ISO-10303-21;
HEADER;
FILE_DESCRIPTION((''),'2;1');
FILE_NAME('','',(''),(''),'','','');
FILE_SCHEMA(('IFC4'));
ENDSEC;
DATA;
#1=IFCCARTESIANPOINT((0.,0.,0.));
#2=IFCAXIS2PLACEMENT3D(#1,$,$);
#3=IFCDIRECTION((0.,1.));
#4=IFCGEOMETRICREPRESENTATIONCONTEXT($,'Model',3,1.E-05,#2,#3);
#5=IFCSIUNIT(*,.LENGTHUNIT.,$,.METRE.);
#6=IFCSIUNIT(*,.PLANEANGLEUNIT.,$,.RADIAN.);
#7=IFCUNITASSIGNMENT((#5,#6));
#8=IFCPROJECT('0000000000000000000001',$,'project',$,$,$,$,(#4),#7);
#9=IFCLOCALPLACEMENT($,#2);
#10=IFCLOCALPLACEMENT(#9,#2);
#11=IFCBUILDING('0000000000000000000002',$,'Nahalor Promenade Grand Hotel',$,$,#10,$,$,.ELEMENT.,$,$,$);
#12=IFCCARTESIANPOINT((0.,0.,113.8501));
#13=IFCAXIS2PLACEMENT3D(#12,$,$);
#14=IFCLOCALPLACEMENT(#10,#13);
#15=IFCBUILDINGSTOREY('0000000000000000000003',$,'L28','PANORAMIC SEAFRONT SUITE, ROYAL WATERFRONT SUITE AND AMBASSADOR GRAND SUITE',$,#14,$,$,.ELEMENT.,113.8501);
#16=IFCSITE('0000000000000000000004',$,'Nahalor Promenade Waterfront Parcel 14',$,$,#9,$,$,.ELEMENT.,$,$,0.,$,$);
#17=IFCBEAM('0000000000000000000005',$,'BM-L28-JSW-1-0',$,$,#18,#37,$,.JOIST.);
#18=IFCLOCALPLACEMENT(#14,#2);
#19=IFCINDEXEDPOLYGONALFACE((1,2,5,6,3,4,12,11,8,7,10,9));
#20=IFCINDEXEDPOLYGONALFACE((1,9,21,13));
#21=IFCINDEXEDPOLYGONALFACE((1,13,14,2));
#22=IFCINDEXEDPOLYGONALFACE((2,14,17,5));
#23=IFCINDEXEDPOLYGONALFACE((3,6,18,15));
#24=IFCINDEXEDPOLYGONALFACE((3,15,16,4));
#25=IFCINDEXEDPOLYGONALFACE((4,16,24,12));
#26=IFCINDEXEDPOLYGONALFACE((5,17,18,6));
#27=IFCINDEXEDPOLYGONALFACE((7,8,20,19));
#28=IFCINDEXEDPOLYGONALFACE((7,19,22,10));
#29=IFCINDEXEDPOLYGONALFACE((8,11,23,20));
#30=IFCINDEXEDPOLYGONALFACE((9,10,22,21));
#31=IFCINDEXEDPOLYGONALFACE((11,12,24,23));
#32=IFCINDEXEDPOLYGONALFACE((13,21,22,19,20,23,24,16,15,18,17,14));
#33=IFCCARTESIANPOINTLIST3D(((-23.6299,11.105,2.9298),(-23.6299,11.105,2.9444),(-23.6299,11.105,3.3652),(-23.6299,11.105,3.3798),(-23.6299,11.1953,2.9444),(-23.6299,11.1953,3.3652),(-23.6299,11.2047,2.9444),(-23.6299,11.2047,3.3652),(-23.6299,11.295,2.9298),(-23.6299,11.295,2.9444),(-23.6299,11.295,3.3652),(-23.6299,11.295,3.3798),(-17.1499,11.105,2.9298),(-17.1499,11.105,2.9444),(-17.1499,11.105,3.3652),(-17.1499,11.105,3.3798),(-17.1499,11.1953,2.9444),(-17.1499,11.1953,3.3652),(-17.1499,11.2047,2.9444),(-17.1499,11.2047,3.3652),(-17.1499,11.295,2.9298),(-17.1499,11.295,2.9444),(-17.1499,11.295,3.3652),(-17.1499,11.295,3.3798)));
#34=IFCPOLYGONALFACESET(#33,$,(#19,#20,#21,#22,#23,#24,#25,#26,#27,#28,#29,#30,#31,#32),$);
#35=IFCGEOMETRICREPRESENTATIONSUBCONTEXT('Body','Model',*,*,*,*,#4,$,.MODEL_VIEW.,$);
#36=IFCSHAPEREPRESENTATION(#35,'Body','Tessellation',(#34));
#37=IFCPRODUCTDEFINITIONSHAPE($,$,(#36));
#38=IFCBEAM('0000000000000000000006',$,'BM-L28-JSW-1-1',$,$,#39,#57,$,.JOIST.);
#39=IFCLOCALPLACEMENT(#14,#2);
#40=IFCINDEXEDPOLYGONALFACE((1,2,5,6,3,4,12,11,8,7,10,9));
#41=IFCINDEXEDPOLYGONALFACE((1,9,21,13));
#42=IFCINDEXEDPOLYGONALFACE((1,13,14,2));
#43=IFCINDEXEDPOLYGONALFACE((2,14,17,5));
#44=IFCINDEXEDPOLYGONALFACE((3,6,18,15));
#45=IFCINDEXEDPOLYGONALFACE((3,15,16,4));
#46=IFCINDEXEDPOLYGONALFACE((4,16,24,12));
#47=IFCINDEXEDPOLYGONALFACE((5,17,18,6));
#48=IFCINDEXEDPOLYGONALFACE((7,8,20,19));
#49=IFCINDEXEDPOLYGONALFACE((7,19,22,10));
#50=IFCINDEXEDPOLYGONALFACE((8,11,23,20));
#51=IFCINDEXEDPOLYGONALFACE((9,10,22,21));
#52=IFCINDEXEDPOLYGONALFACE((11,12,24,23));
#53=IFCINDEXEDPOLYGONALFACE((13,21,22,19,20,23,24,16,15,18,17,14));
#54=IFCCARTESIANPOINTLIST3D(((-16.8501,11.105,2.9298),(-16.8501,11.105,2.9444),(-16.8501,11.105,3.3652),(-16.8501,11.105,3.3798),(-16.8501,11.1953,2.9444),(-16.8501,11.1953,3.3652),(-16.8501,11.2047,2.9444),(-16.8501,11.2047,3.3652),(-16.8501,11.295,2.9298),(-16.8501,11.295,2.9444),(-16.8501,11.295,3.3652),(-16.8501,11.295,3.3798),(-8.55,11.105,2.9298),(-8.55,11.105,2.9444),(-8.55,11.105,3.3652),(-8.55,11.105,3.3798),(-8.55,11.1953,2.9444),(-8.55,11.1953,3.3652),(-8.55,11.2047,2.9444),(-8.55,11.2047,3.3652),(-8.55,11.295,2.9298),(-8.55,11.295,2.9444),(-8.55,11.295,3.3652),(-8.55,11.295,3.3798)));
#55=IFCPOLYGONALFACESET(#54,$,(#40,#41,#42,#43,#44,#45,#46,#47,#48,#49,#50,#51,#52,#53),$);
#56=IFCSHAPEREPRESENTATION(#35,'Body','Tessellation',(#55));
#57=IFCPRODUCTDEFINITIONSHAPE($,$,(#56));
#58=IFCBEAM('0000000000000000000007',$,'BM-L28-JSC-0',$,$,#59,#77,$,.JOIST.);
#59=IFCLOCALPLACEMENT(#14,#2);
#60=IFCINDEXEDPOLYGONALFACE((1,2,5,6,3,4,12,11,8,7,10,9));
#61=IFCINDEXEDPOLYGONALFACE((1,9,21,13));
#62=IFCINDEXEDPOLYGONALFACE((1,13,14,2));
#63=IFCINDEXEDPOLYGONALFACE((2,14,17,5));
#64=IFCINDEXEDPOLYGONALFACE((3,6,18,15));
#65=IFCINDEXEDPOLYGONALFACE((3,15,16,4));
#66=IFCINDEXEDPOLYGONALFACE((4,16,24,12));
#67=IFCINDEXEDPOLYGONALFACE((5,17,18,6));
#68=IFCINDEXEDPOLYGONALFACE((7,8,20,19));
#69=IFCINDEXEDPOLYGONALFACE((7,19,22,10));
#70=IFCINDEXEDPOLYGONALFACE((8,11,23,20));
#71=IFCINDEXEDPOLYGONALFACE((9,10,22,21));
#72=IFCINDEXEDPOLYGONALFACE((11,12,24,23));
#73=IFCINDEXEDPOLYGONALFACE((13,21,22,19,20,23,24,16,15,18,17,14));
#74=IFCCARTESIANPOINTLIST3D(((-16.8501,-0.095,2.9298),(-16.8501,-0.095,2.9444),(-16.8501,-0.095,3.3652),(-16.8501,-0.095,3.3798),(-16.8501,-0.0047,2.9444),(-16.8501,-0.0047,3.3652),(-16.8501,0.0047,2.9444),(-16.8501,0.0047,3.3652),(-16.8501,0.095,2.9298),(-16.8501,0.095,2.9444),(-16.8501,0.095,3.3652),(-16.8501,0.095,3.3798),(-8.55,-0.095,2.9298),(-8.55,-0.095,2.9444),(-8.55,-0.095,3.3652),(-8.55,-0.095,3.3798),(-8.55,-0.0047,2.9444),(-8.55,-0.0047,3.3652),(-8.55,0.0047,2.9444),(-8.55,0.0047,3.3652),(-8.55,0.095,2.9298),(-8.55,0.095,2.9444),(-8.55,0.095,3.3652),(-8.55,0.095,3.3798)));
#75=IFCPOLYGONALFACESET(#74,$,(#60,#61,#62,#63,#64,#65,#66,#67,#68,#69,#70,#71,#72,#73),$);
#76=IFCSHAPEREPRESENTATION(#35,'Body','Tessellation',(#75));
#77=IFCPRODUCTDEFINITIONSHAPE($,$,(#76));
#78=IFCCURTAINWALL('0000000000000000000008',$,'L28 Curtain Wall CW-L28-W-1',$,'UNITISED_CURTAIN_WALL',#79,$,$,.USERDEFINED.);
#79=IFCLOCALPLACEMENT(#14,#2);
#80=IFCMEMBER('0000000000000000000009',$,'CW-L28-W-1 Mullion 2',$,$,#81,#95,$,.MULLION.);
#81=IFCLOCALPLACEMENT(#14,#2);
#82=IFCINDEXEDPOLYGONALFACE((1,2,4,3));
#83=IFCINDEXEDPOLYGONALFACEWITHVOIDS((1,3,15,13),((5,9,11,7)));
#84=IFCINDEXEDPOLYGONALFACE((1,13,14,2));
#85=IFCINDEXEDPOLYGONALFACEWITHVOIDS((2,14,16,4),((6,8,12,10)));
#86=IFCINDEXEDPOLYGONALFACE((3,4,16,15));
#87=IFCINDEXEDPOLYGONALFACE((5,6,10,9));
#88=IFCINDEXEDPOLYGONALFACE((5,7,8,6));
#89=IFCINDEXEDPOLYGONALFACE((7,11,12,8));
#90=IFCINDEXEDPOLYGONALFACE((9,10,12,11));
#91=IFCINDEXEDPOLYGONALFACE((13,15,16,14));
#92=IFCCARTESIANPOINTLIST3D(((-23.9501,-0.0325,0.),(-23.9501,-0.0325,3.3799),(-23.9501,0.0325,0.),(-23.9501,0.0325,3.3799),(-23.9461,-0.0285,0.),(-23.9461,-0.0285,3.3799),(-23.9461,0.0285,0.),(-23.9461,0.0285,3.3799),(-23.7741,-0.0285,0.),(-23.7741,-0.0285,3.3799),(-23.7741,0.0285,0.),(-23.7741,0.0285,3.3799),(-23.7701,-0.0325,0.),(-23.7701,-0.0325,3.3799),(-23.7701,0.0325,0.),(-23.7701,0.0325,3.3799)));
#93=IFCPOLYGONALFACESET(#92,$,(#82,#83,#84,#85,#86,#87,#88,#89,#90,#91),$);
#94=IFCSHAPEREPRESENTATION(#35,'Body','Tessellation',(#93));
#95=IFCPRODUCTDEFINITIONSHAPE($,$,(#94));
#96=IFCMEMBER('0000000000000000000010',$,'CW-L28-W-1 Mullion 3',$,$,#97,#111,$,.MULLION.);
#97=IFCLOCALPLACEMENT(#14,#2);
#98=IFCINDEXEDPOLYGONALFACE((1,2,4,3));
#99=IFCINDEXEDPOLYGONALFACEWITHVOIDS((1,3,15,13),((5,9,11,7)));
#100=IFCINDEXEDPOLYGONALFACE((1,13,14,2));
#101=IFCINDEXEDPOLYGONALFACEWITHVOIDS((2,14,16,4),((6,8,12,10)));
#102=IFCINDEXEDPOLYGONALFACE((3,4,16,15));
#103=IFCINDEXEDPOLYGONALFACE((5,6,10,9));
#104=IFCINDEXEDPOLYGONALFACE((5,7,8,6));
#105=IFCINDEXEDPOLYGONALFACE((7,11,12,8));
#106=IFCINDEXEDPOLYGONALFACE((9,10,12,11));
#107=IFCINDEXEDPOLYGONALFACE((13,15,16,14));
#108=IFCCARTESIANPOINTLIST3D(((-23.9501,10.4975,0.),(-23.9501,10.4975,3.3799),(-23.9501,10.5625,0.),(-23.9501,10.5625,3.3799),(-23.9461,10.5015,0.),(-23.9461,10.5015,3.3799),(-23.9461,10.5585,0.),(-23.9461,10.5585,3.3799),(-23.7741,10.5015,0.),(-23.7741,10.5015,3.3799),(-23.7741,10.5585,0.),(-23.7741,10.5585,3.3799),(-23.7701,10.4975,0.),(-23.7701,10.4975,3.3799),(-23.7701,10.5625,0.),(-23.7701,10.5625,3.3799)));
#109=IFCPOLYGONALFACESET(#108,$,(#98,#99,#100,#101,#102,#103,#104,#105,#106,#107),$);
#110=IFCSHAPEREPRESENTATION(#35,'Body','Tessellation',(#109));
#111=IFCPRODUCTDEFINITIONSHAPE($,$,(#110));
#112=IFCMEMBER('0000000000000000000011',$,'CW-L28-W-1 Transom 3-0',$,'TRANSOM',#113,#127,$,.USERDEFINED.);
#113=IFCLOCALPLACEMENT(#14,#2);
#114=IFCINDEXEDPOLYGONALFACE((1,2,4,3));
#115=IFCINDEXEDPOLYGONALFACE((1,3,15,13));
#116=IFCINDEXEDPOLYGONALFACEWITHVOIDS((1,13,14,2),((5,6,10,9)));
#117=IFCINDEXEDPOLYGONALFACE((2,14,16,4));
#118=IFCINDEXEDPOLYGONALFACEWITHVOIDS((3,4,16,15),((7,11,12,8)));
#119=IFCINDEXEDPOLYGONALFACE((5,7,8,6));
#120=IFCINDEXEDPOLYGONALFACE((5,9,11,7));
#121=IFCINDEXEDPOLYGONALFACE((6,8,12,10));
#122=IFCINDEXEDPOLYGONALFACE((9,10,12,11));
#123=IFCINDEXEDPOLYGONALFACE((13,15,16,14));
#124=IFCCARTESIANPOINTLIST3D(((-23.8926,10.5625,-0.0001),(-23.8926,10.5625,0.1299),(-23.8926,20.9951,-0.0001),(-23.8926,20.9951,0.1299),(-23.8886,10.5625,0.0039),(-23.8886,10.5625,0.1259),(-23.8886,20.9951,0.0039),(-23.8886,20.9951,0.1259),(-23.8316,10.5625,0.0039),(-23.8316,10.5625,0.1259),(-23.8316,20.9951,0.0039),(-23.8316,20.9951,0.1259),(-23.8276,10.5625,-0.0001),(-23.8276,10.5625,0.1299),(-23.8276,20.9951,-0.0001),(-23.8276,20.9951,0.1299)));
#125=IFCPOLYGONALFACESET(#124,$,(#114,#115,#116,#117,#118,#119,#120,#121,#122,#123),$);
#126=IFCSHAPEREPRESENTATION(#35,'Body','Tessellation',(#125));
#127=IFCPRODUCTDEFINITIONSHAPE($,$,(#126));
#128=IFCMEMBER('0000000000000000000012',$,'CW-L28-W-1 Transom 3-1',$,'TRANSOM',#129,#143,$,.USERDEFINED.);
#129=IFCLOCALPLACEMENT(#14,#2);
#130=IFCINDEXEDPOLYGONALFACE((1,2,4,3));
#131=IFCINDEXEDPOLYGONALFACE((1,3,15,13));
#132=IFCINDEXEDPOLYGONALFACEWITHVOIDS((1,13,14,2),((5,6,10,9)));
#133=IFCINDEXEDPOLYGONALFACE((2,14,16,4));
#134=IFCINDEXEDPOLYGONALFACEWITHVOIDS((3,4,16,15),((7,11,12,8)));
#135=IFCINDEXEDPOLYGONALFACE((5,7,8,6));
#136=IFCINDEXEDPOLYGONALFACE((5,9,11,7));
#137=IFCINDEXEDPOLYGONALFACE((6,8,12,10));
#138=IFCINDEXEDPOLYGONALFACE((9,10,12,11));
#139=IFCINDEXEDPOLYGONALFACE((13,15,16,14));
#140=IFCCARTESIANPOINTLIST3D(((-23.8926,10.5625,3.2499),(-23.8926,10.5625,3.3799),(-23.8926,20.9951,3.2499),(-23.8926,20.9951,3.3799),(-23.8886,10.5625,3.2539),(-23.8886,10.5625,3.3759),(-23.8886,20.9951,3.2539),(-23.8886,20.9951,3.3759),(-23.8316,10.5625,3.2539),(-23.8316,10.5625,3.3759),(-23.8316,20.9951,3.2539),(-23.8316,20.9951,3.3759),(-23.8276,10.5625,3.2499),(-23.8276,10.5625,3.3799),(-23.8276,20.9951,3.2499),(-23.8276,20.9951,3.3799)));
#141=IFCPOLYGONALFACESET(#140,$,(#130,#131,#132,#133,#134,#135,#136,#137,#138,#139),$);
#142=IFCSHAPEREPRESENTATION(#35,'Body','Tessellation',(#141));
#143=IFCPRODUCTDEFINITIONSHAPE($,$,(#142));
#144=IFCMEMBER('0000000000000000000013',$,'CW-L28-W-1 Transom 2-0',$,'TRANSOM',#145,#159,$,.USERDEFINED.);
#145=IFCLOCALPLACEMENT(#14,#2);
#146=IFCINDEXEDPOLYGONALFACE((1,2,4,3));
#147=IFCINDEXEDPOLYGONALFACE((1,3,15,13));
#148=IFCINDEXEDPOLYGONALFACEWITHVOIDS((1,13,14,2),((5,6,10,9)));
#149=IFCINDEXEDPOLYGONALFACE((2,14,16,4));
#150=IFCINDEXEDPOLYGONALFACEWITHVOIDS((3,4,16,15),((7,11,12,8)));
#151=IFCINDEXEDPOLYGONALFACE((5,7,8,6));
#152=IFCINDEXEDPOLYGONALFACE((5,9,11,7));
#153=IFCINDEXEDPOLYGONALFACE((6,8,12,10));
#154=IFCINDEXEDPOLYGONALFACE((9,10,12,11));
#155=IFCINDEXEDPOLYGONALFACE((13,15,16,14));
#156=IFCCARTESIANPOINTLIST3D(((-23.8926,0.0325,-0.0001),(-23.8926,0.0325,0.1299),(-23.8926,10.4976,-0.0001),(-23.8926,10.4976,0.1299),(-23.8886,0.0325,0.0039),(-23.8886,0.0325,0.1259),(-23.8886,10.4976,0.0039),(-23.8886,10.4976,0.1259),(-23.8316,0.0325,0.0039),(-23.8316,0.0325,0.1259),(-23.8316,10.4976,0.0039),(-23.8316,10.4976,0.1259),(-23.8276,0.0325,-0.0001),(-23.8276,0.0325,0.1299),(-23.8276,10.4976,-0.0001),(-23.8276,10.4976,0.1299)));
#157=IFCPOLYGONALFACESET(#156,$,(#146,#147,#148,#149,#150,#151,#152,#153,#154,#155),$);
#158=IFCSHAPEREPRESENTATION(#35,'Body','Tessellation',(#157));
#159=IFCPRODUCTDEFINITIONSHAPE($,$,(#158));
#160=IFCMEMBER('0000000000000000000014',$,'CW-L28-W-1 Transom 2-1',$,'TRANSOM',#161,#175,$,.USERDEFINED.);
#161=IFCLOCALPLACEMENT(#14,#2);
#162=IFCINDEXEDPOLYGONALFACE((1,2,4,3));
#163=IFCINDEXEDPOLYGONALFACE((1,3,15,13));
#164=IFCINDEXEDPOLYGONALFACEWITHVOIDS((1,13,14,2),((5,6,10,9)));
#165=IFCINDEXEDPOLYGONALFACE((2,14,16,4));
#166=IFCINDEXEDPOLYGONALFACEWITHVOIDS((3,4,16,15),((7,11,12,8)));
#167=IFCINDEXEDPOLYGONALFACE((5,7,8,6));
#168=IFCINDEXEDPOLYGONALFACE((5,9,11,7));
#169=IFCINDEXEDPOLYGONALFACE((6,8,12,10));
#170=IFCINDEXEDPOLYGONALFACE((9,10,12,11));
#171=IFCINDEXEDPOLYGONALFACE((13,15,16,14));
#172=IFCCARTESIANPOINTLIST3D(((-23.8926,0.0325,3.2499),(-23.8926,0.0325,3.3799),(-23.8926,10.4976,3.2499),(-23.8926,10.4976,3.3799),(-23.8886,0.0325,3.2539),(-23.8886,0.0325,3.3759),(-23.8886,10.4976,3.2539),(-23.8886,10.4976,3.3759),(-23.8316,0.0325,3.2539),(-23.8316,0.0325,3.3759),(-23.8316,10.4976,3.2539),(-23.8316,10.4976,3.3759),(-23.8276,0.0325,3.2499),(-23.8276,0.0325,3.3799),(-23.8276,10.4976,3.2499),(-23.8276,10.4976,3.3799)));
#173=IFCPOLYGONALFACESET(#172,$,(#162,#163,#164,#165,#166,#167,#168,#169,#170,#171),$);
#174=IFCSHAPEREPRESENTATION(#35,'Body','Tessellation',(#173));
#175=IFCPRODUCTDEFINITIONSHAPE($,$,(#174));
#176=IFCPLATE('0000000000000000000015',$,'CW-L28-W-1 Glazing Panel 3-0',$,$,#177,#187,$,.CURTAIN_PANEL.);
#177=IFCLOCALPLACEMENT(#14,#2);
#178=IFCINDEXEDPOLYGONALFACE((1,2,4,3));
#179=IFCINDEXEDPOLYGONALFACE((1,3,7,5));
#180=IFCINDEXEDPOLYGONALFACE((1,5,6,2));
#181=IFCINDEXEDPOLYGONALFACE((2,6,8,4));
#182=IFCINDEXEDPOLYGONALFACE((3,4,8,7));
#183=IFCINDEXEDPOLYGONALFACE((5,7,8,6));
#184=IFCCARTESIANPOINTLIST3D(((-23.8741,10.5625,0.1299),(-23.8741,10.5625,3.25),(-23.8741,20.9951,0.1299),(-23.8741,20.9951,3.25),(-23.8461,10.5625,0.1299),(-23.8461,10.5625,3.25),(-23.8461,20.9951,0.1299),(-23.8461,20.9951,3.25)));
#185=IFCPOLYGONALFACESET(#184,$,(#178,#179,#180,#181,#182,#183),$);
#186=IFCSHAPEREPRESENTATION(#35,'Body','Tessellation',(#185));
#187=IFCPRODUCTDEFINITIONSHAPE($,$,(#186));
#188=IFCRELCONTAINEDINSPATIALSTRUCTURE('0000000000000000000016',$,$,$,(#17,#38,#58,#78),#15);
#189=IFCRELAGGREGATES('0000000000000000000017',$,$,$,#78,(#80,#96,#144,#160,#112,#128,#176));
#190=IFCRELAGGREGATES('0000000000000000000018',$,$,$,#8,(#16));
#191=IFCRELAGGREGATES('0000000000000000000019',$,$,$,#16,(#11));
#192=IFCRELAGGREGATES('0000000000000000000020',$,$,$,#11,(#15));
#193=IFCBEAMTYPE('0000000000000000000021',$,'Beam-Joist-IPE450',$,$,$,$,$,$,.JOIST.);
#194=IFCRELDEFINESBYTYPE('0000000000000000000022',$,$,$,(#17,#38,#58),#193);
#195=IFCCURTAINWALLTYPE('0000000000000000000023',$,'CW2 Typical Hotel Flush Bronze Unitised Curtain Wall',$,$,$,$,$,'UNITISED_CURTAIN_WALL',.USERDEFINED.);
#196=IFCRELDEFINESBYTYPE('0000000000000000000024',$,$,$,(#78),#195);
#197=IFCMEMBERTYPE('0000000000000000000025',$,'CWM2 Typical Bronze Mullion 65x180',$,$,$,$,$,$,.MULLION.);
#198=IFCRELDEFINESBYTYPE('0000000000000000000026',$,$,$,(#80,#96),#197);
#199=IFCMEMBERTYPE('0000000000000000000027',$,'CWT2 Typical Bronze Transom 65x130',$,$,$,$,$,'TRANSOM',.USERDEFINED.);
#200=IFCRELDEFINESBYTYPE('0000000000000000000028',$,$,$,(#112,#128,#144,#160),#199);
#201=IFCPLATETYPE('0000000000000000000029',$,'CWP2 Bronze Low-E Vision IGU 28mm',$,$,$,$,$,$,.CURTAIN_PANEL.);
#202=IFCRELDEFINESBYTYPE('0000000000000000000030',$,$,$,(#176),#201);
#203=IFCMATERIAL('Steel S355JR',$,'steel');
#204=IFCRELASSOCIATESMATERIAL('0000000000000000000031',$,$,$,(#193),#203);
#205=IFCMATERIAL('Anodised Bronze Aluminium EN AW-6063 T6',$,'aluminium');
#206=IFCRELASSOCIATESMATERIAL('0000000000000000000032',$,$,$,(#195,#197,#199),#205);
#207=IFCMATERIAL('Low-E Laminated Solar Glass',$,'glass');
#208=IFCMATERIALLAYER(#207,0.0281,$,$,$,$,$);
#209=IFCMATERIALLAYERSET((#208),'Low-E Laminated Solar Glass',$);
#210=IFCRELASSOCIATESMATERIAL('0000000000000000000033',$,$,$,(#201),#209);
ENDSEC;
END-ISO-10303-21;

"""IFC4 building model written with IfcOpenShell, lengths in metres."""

from ifc_helpers import new_model, si_unit, direction, frame, origin, origin_2d, place, context, subcontext, project, spatial, rectangle, hollow_rectangle, i_section, extrude, source, transform, mapped, material, layer, layer_set, material_profile, profile_set, type_object, element, aggregate, save


model = new_model("IFC4")

# Units and contexts
model_context = context("Model", 3, precision=1e-05, world=origin(), true_north=direction((0.0, 1.0)))
body_context = subcontext(model_context, "Body", "Model", "MODEL_VIEW")
ifc_project = project(units=[si_unit("LENGTHUNIT", "METRE"), si_unit("PLANEANGLEUNIT", "RADIAN")], contexts=[model_context])

# Site, building, storey
site_placement = place(None, origin())
site = spatial("IfcSite", under=ifc_project, at=site_placement, Name="Nahalor Promenade Waterfront Parcel 14", CompositionType="ELEMENT", RefElevation=0.0)
building_placement = place(site_placement, origin())
building = spatial("IfcBuilding", under=site, at=building_placement, Name="Nahalor Promenade Grand Hotel", CompositionType="ELEMENT")
storey_placement = place(building_placement, frame((0.0, 0.0, 113.8501)))
storey = spatial("IfcBuildingStorey", under=building, at=storey_placement, Name="L28", Description="PANORAMIC SEAFRONT SUITE, ROYAL WATERFRONT SUITE AND AMBASSADOR GRAND SUITE", CompositionType="ELEMENT", Elevation=113.8501)

# Beams
ifc_material_1 = material(Name="Steel S355JR", Category="steel")
ifc_material_profile_1 = material_profile(ifc_material_1, i_section(OverallWidth=0.19, OverallDepth=0.45, WebThickness=0.0094, FlangeThickness=0.0146, at=origin_2d()), Name="IPE 450")
ifc_profile_set_1 = profile_set([ifc_material_profile_1], Name="Steel S355JR")
beam_type_1 = type_object("IfcBeamType", Name="Beam-Joist-IPE450", PredefinedType="JOIST", material=ifc_profile_set_1)
shared_shape_1 = source(origin(), body_context, "Body", "SweptSolid", [
    extrude(i_section(OverallWidth=0.19, OverallDepth=0.45, WebThickness=0.0094, FlangeThickness=0.0146, at=origin_2d()), origin(), (0.0, 0.0, 1.0), 6.48),
])
beam_1_placement = place(storey_placement, frame((-23.6299, 11.2, 3.1548), z_axis=(1.0, 0.0, 0.0), x_axis=(0.0, 1.0, 0.0)))
element("IfcBeam", 1, at=beam_1_placement, inside=storey, type_object=beam_type_1, Name="BM-L28-JSW-1-0", PredefinedType="JOIST", context=body_context, shape_type="MappedRepresentation", body=[
    mapped(shared_shape_1, transform((0.0, 0.0, 0.0), scale=1.0)),
])
shared_shape_2 = source(origin(), body_context, "Body", "SweptSolid", [
    extrude(i_section(OverallWidth=0.19, OverallDepth=0.45, WebThickness=0.0094, FlangeThickness=0.0146, at=origin_2d()), origin(), (0.0, 0.0, 1.0), 8.3),
])
for number, where, z_axis, x_axis, name in (
    (2, (-16.8501, 11.2, 3.1548), (1.0, 0.0, 0.0), (0.0, 1.0, 0.0), "BM-L28-JSW-1-1"),
    (3, (-16.8501, 0.0, 3.1548), (1.0, 0.0, 0.0), (0.0, 1.0, 0.0), "BM-L28-JSC-0"),
):
    element("IfcBeam", number, at=place(storey_placement, frame(where, z_axis=z_axis, x_axis=x_axis)), inside=storey, type_object=beam_type_1, Name=name, PredefinedType="JOIST", context=body_context, shape_type="MappedRepresentation", body=[
        mapped(shared_shape_2, transform((0.0, 0.0, 0.0), scale=1.0)),
    ])

# Curtain wall, members, plate
ifc_material_2 = material(Name="Anodised Bronze Aluminium EN AW-6063 T6", Category="aluminium")
curtain_wall_type = type_object("IfcCurtainWallType", Name="CW2 Typical Hotel Flush Bronze Unitised Curtain Wall", ElementType="UNITISED_CURTAIN_WALL", PredefinedType="USERDEFINED", material=ifc_material_2)
curtain_wall_placement = place(storey_placement, origin())
curtain_wall = element("IfcCurtainWall", 4, at=curtain_wall_placement, inside=storey, type_object=curtain_wall_type, Name="L28 Curtain Wall CW-L28-W-1", ObjectType="UNITISED_CURTAIN_WALL", PredefinedType="USERDEFINED")
ifc_material_profile_2 = material_profile(ifc_material_2, hollow_rectangle(XDim=0.065, YDim=0.18, WallThickness=0.004, at=origin_2d()), Name="CWM 65x180x4")
ifc_profile_set_2 = profile_set([ifc_material_profile_2], Name="Anodised Bronze Aluminium EN AW-6063 T6")
member_type_1 = type_object("IfcMemberType", Name="CWM2 Typical Bronze Mullion 65x180", PredefinedType="MULLION", material=ifc_profile_set_2)
shared_shape_3 = source(origin(), body_context, "Body", "SweptSolid", [
    extrude(hollow_rectangle(XDim=0.065, YDim=0.18, WallThickness=0.004, at=origin_2d()), origin(), (0.0, 0.0, 1.0), 3.3799),
])
member_1_placement = place(storey_placement, frame((-23.8601, 0.0, 0.0), z_axis=(0.0, 0.0, 1.0), x_axis=(0.0, 1.0, 0.0)))
member_1 = element("IfcMember", 5, at=member_1_placement, type_object=member_type_1, Name="CW-L28-W-1 Mullion 2", PredefinedType="MULLION", context=body_context, shape_type="MappedRepresentation", body=[
    mapped(shared_shape_3, transform((0.0, 0.0, 0.0), scale=1.0)),
])
member_2_placement = place(storey_placement, frame((-23.8601, 10.53, 0.0), z_axis=(0.0, 0.0, 1.0), x_axis=(0.0, 1.0, 0.0)))
member_2 = element("IfcMember", 6, at=member_2_placement, type_object=member_type_1, Name="CW-L28-W-1 Mullion 3", PredefinedType="MULLION", context=body_context, shape_type="MappedRepresentation", body=[
    mapped(shared_shape_3, transform((0.0, 0.0, 0.0), scale=1.0)),
])
ifc_material_profile_3 = material_profile(ifc_material_2, hollow_rectangle(XDim=0.065, YDim=0.13, WallThickness=0.004, at=origin_2d()), Name="CWT 65x130x4")
ifc_profile_set_3 = profile_set([ifc_material_profile_3], Name="Anodised Bronze Aluminium EN AW-6063 T6")
member_type_2 = type_object("IfcMemberType", Name="CWT2 Typical Bronze Transom 65x130", ElementType="TRANSOM", PredefinedType="USERDEFINED", material=ifc_profile_set_3)
shared_shape_4 = source(origin(), body_context, "Body", "SweptSolid", [
    extrude(hollow_rectangle(XDim=0.065, YDim=0.13, WallThickness=0.004, at=origin_2d()), origin(), (0.0, 0.0, 1.0), 10.4326),
])
member_3_placement = place(storey_placement, frame((-23.8601, 10.5625, 0.0649), z_axis=(0.0, 1.0, 0.0), x_axis=(-1.0, 0.0, 0.0)))
member_3 = element("IfcMember", 7, at=member_3_placement, type_object=member_type_2, Name="CW-L28-W-1 Transom 3-0", ObjectType="TRANSOM", PredefinedType="USERDEFINED", context=body_context, shape_type="MappedRepresentation", body=[
    mapped(shared_shape_4, transform((0.0, 0.0, 0.0), scale=1.0)),
])
member_4_placement = place(storey_placement, frame((-23.8601, 10.5625, 3.3149), z_axis=(0.0, 1.0, 0.0), x_axis=(-1.0, 0.0, 0.0)))
member_4 = element("IfcMember", 8, at=member_4_placement, type_object=member_type_2, Name="CW-L28-W-1 Transom 3-1", ObjectType="TRANSOM", PredefinedType="USERDEFINED", context=body_context, shape_type="MappedRepresentation", body=[
    mapped(shared_shape_4, transform((0.0, 0.0, 0.0), scale=1.0)),
])
shared_shape_5 = source(origin(), body_context, "Body", "SweptSolid", [
    extrude(hollow_rectangle(XDim=0.065, YDim=0.13, WallThickness=0.004, at=origin_2d()), origin(), (0.0, 0.0, 1.0), 10.4651),
])
member_5_placement = place(storey_placement, frame((-23.8601, 0.0325, 0.0649), z_axis=(0.0, 1.0, 0.0), x_axis=(-1.0, 0.0, 0.0)))
member_5 = element("IfcMember", 9, at=member_5_placement, type_object=member_type_2, Name="CW-L28-W-1 Transom 2-0", ObjectType="TRANSOM", PredefinedType="USERDEFINED", context=body_context, shape_type="MappedRepresentation", body=[
    mapped(shared_shape_5, transform((0.0, 0.0, 0.0), scale=1.0)),
])
member_6_placement = place(storey_placement, frame((-23.8601, 0.0325, 3.3149), z_axis=(0.0, 1.0, 0.0), x_axis=(-1.0, 0.0, 0.0)))
member_6 = element("IfcMember", 10, at=member_6_placement, type_object=member_type_2, Name="CW-L28-W-1 Transom 2-1", ObjectType="TRANSOM", PredefinedType="USERDEFINED", context=body_context, shape_type="MappedRepresentation", body=[
    mapped(shared_shape_5, transform((0.0, 0.0, 0.0), scale=1.0)),
])
ifc_material_3 = material(Name="Low-E Laminated Solar Glass", Category="glass")
ifc_layer_1 = layer(ifc_material_3, 0.0281)
ifc_layer_set_1 = layer_set([ifc_layer_1], Name="Low-E Laminated Solar Glass")
plate_type = type_object("IfcPlateType", Name="CWP2 Bronze Low-E Vision IGU 28mm", PredefinedType="CURTAIN_PANEL", material=ifc_layer_set_1)
shared_shape_6 = source(origin(), body_context, "Body", "SweptSolid", [
    extrude(rectangle(XDim=10.4326, YDim=0.0281, at=origin_2d()), origin(), (0.0, 0.0, 1.0), 3.1201),
])
plate_1_placement = place(storey_placement, frame((-23.8601, 15.7788, 0.1299), z_axis=(0.0, 0.0, 1.0), x_axis=(0.0, 1.0, 0.0)))
plate_1 = element("IfcPlate", 11, at=plate_1_placement, type_object=plate_type, Name="CW-L28-W-1 Glazing Panel 3-0", PredefinedType="CURTAIN_PANEL", context=body_context, shape_type="MappedRepresentation", body=[
    mapped(shared_shape_6, transform((0.0, 0.0, 0.0), scale=1.0)),
])
aggregate(curtain_wall, [member_1, member_2, member_5, member_6, member_3, member_4, plate_1])

save(model, "model.ifc")
